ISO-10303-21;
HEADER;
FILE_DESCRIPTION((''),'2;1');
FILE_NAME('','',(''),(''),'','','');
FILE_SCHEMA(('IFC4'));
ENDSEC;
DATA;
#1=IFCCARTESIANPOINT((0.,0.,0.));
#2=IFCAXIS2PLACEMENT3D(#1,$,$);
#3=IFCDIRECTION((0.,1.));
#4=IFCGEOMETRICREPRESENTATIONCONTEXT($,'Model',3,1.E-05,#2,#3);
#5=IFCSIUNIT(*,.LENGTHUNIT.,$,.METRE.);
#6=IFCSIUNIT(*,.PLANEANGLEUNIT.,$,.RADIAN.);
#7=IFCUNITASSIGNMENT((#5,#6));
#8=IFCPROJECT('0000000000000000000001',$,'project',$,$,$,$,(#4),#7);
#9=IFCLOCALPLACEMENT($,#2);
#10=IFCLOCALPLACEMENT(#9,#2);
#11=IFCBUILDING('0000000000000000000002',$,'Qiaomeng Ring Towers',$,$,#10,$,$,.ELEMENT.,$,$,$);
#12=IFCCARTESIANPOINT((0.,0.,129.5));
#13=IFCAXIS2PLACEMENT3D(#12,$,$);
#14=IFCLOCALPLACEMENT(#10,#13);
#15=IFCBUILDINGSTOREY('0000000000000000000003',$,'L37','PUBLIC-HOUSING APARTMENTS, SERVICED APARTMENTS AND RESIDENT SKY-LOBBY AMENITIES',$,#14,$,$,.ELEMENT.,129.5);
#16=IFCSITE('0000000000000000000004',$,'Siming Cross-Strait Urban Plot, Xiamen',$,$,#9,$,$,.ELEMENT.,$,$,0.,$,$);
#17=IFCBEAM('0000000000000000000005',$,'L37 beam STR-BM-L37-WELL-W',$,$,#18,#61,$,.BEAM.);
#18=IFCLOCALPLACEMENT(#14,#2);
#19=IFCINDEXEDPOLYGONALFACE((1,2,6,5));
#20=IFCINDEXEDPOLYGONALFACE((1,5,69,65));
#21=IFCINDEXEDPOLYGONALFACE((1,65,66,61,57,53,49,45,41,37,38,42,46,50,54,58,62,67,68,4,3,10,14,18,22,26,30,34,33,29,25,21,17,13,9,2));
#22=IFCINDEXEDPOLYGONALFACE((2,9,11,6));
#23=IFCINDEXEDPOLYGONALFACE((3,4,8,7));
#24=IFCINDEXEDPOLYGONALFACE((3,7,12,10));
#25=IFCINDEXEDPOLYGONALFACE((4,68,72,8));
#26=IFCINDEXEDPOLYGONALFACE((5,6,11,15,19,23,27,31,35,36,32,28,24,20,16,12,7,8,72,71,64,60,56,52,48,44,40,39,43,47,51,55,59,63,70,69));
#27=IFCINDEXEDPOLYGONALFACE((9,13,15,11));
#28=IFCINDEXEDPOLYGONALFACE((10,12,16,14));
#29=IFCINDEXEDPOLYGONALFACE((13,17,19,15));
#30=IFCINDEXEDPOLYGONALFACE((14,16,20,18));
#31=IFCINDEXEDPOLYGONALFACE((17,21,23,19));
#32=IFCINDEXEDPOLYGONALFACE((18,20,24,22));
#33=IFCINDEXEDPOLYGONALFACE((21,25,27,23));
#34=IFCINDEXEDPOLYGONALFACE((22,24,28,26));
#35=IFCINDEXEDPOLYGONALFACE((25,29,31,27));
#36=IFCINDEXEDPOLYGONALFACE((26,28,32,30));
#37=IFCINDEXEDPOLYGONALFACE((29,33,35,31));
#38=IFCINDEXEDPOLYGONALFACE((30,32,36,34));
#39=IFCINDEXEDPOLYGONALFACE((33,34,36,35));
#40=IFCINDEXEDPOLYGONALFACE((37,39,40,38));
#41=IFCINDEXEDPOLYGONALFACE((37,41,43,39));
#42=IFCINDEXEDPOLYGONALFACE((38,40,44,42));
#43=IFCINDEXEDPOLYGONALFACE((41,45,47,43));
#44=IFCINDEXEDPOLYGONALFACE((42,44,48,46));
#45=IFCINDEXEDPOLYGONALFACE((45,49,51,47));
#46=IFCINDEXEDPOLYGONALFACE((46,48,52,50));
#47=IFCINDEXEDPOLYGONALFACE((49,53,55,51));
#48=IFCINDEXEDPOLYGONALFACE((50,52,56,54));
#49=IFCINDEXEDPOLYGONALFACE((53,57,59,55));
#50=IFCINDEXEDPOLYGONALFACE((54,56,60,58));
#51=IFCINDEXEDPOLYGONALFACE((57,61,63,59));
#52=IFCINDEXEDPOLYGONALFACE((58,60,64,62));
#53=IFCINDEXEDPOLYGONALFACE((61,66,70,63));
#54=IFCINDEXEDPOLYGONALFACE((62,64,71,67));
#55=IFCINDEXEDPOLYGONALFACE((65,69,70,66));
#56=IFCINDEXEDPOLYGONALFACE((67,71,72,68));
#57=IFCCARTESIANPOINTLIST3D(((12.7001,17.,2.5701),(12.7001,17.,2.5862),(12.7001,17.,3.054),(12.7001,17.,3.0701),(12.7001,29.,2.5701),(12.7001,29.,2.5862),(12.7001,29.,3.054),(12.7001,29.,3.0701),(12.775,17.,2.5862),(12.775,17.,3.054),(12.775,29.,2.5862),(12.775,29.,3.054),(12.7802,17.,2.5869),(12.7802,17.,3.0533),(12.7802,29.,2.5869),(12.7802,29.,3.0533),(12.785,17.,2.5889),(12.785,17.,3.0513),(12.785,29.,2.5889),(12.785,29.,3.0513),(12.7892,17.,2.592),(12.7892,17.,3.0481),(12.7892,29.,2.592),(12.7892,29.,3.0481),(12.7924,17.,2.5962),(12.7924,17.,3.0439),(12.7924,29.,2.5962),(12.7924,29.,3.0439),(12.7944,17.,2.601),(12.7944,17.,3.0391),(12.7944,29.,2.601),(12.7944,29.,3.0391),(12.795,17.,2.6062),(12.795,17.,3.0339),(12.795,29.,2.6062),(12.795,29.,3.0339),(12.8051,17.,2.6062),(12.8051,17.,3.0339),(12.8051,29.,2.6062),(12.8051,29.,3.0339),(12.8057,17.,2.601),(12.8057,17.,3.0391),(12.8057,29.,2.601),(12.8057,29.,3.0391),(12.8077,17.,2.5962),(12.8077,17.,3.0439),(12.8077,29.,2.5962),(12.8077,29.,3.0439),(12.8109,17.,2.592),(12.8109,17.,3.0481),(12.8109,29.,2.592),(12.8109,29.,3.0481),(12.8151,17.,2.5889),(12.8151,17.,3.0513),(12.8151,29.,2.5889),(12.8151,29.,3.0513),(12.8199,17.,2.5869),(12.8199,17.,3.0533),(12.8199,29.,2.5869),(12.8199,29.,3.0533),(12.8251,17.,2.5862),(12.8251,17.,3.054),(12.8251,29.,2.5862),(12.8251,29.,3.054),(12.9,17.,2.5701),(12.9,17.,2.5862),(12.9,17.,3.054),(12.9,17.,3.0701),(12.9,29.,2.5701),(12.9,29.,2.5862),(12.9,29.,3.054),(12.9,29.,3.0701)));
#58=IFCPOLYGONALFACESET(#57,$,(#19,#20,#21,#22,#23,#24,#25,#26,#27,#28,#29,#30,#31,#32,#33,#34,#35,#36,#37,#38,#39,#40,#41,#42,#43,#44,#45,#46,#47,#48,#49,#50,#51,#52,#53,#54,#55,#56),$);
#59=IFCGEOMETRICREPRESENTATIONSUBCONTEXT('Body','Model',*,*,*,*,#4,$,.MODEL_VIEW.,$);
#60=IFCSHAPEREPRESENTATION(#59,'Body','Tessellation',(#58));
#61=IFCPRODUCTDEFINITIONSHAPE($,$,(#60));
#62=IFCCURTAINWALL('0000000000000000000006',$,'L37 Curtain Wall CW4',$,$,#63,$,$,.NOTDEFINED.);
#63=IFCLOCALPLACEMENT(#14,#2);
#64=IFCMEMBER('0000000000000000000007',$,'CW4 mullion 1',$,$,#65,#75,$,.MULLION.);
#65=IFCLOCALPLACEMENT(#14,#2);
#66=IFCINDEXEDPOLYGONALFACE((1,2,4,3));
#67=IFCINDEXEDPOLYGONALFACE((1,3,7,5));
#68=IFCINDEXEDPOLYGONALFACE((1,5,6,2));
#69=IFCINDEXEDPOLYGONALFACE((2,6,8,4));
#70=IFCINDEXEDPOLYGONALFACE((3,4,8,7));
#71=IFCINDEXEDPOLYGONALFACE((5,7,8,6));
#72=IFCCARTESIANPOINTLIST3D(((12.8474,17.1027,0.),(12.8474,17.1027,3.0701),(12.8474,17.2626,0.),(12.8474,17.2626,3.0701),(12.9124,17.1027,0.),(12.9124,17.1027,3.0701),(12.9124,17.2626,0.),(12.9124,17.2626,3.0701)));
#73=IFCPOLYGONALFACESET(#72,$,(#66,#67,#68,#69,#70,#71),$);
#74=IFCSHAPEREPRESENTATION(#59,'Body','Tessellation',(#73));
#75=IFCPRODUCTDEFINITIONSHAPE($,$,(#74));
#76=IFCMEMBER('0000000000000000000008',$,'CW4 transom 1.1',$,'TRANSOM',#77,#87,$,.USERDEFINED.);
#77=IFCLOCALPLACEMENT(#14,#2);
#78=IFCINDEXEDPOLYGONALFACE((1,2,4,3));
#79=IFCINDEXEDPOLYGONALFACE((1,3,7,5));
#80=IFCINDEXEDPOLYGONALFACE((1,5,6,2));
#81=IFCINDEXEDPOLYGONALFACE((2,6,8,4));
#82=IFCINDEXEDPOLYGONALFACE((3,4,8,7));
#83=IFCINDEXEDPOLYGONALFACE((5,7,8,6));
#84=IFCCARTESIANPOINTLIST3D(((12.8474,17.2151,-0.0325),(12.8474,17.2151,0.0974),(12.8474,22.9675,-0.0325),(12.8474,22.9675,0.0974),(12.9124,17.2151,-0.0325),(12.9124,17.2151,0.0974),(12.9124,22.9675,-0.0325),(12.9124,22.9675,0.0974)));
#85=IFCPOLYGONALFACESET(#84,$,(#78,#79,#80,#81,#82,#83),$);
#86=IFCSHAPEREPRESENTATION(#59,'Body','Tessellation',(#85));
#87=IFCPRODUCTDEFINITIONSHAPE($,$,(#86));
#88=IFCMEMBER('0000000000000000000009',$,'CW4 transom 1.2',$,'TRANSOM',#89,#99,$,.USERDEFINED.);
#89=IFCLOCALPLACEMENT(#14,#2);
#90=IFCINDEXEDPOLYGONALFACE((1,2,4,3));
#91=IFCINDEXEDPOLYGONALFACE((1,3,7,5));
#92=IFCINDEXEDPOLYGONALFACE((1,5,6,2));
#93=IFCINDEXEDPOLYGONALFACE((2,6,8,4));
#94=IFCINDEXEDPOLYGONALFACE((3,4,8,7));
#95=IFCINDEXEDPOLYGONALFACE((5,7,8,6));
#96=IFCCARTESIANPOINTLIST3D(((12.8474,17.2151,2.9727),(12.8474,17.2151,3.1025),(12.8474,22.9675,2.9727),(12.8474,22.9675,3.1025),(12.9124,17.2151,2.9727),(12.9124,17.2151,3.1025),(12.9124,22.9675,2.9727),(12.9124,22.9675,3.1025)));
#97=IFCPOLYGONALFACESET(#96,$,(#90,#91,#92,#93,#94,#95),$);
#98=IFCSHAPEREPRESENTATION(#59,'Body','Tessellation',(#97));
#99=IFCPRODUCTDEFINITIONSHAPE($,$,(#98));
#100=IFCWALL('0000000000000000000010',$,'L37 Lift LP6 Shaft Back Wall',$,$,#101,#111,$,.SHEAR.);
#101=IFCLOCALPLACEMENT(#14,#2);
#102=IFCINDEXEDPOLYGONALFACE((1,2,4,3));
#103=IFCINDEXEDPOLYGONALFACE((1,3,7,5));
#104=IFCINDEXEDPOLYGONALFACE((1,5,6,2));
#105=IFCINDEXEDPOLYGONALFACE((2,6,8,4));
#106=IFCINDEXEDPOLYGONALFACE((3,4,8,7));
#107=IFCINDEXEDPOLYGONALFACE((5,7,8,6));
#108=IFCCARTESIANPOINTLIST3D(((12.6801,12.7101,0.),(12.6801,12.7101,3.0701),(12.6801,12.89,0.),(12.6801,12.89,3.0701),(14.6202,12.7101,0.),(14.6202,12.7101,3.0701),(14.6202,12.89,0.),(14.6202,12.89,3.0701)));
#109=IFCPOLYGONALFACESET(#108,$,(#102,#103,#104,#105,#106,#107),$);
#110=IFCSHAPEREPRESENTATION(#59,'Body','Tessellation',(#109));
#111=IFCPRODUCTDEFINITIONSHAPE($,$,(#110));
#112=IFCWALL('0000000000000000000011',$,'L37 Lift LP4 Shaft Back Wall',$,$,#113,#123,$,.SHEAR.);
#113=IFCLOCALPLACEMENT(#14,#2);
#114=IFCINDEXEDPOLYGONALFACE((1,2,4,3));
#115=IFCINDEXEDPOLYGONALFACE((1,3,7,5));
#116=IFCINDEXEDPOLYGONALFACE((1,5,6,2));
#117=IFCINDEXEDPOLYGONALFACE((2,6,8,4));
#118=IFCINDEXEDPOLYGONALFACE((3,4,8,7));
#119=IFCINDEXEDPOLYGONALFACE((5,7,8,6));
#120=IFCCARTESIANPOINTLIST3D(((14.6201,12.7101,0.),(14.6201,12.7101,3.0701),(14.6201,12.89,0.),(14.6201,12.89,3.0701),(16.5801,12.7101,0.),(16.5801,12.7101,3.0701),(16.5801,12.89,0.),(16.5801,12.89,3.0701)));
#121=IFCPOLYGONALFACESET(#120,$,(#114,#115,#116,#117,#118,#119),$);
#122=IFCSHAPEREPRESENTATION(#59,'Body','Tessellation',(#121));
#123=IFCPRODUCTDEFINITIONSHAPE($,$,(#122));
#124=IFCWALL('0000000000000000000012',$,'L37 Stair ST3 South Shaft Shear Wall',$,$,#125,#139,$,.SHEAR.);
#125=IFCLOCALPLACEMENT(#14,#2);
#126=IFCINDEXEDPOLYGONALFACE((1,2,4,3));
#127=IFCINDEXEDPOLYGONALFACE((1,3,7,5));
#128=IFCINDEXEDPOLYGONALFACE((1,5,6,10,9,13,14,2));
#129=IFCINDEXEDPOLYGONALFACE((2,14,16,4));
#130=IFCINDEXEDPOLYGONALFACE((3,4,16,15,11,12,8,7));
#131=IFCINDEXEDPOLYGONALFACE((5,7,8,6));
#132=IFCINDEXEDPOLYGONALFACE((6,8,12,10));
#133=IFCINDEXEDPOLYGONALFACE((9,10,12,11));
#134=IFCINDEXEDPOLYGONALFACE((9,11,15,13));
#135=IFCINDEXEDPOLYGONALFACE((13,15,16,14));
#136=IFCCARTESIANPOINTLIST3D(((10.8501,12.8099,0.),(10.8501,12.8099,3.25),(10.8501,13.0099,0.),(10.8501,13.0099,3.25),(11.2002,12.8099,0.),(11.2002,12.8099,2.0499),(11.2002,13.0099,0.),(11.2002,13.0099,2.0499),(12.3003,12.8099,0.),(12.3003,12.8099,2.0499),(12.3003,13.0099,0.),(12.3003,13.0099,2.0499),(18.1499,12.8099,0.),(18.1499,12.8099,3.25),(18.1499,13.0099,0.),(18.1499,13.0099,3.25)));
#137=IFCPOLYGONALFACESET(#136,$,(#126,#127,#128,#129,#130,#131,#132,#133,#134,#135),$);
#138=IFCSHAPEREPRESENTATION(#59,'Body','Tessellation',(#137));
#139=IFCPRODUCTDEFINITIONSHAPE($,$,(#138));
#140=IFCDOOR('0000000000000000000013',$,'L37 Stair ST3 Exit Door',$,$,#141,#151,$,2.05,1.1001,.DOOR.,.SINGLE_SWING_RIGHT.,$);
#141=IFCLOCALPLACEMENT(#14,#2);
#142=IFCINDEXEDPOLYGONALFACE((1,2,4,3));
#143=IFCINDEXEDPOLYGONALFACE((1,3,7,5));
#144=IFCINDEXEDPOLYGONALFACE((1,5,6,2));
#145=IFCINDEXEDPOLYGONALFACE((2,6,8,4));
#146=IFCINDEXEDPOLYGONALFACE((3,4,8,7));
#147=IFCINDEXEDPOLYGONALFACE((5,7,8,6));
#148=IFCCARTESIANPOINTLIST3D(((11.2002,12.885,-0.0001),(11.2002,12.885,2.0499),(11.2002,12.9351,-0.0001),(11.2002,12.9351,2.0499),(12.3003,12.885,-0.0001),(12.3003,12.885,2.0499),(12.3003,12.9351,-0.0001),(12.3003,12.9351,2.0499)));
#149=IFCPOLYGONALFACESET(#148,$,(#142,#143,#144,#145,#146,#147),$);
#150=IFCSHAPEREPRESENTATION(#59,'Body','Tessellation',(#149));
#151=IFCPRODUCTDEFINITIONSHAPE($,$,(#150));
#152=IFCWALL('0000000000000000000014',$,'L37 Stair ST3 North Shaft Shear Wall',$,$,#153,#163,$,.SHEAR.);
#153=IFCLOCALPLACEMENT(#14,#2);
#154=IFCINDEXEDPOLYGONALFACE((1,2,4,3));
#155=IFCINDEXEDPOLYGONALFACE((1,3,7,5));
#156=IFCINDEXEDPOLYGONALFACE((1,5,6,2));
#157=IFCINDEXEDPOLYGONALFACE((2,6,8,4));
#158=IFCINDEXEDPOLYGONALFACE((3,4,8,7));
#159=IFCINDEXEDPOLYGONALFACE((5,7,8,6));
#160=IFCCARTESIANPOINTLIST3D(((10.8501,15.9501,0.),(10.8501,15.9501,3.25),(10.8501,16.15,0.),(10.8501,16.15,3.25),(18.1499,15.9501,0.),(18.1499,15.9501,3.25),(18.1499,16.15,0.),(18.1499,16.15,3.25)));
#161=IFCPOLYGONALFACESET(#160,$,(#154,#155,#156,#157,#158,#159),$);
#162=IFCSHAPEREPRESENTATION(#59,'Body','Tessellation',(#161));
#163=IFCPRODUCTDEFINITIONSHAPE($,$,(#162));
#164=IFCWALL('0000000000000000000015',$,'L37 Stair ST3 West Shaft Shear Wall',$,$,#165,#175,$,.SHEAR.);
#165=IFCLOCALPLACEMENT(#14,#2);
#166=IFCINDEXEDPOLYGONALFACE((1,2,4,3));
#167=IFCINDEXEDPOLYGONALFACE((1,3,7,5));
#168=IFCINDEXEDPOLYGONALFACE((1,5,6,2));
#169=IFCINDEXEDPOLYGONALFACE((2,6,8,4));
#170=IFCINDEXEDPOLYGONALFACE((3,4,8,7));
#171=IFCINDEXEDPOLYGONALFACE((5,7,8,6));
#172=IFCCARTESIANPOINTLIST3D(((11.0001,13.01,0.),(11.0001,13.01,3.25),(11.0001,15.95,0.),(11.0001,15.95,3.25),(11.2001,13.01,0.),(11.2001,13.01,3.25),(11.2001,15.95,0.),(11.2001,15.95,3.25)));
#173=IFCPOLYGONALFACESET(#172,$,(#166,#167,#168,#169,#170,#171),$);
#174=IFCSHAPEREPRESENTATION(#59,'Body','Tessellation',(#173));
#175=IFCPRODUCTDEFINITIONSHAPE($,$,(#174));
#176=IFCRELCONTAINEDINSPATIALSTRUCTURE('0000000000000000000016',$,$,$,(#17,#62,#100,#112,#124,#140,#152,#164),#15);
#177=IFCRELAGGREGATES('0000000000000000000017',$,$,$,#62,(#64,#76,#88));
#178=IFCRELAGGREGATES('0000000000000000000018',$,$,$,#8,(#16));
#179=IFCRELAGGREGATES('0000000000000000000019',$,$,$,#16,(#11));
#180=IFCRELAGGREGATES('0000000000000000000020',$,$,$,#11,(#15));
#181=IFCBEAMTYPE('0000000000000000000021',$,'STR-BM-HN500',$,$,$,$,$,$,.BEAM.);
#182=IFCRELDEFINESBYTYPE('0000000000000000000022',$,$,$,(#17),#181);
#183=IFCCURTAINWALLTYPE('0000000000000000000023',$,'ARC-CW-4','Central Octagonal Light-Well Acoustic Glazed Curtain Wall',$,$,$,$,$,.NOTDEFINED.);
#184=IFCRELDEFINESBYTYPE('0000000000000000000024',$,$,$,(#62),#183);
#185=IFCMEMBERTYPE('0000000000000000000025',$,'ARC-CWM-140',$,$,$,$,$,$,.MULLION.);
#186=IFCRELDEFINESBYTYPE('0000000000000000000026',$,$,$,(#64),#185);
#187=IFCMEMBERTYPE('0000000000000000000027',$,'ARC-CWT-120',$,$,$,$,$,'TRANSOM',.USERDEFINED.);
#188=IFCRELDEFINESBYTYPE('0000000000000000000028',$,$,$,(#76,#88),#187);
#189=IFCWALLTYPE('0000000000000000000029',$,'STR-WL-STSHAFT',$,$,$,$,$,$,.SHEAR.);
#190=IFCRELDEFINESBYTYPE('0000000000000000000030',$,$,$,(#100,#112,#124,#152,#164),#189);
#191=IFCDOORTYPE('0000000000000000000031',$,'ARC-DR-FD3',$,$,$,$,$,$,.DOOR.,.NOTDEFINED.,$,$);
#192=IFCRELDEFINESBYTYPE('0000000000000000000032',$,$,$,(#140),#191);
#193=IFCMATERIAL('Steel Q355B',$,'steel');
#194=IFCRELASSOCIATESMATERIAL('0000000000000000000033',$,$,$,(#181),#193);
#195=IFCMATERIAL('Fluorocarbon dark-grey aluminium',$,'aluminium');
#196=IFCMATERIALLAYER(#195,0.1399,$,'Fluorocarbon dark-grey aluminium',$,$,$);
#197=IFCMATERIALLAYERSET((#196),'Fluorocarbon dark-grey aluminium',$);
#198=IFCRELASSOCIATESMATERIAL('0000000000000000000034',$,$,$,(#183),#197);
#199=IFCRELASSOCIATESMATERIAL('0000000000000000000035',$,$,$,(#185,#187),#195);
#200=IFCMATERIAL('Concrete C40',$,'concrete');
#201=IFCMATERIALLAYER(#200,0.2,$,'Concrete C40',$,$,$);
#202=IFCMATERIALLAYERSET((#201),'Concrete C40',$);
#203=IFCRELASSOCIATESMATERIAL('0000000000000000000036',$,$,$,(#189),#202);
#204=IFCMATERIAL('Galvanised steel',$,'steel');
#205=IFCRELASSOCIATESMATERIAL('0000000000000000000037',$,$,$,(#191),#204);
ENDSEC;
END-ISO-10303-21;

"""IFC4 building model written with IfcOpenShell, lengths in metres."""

from ifc_helpers import new_model, si_unit, direction, frame, frame_2d, origin, origin_2d, place, context, subcontext, project, spatial, rectangle, i_section, extrude, source, transform, mapped, material, layer, layer_set, material_profile, profile_set, type_object, element, fill, aggregate, save


model = new_model("IFC4")

# Units and contexts
model_context = context("Model", 3, precision=1e-05, world=origin(), true_north=direction((0.0, 1.0)))
body_context = subcontext(model_context, "Body", "Model", "MODEL_VIEW")
ifc_project = project(units=[si_unit("LENGTHUNIT", "METRE"), si_unit("PLANEANGLEUNIT", "RADIAN")], contexts=[model_context])

# Site, building, storey
site_placement = place(None, origin())
site = spatial("IfcSite", under=ifc_project, at=site_placement, Name="Siming Cross-Strait Urban Plot, Xiamen", CompositionType="ELEMENT", RefElevation=0.0)
building_placement = place(site_placement, origin())
building = spatial("IfcBuilding", under=site, at=building_placement, Name="Qiaomeng Ring Towers", CompositionType="ELEMENT")
storey_placement = place(building_placement, frame((0.0, 0.0, 129.5)))
storey = spatial("IfcBuildingStorey", under=building, at=storey_placement, Name="L37", Description="PUBLIC-HOUSING APARTMENTS, SERVICED APARTMENTS AND RESIDENT SKY-LOBBY AMENITIES", CompositionType="ELEMENT", Elevation=129.5)

# Beam
ifc_material_1 = material(Name="Steel Q355B", Category="steel")
ifc_material_profile_1 = material_profile(ifc_material_1, i_section(OverallWidth=0.2, OverallDepth=0.5, WebThickness=0.01, FlangeThickness=0.0161, FilletRadius=0.02, at=origin_2d()), Name="HN 500x200x10x16")
ifc_profile_set_1 = profile_set([ifc_material_profile_1], Name="Steel Q355B")
beam_type = type_object("IfcBeamType", Name="STR-BM-HN500", PredefinedType="BEAM", material=ifc_profile_set_1)
shared_shape_1 = source(origin(), body_context, "Body", "SweptSolid", [
    extrude(i_section(OverallWidth=0.2, OverallDepth=0.5, WebThickness=0.01, FlangeThickness=0.0161, FilletRadius=0.02, at=origin_2d()), origin(), (0.0, 0.0, 1.0), 12.0),
])
beam_placement = place(storey_placement, frame((12.8, 17.0, 2.8201), z_axis=(0.0, 1.0, 0.0), x_axis=(-1.0, 0.0, 0.0)))
element("IfcBeam", 1, at=beam_placement, inside=storey, type_object=beam_type, Name="L37 beam STR-BM-L37-WELL-W", PredefinedType="BEAM", context=body_context, shape_type="MappedRepresentation", body=[
    mapped(shared_shape_1, transform((0.0, 0.0, 0.0), x_axis=(1.0, 0.0, 0.0), y_axis=(0.0, 1.0, 0.0), z_axis=(0.0, 0.0, 1.0), scale=1.0)),
])

# Curtain wall, members
ifc_material_2 = material(Name="Fluorocarbon dark-grey aluminium", Category="aluminium")
ifc_layer_1 = layer(ifc_material_2, 0.1399, Name="Fluorocarbon dark-grey aluminium")
ifc_layer_set_1 = layer_set([ifc_layer_1], Name="Fluorocarbon dark-grey aluminium")
curtain_wall_type = type_object("IfcCurtainWallType", Name="ARC-CW-4", Description="Central Octagonal Light-Well Acoustic Glazed Curtain Wall", PredefinedType="NOTDEFINED", material=ifc_layer_set_1)
curtain_wall_placement = place(storey_placement, origin())
curtain_wall = element("IfcCurtainWall", 2, at=curtain_wall_placement, inside=storey, type_object=curtain_wall_type, Name="L37 Curtain Wall CW4", PredefinedType="NOTDEFINED")
ifc_material_profile_2 = material_profile(ifc_material_2, rectangle(XDim=0.0649, YDim=0.1599, at=origin_2d()), Name="ALU MULL 65x160")
ifc_profile_set_2 = profile_set([ifc_material_profile_2], Name="Fluorocarbon dark-grey aluminium")
member_type_1 = type_object("IfcMemberType", Name="ARC-CWM-140", PredefinedType="MULLION", material=ifc_profile_set_2)
shared_shape_2 = source(origin(), body_context, "Body", "SweptSolid", [
    extrude(rectangle(XDim=0.0649, YDim=0.1599, at=origin_2d()), origin(), (0.0, 0.0, 1.0), 3.0701),
])
member_1_placement = place(storey_placement, frame((12.8799, 17.1826, 0.0), z_axis=(0.0, 0.0, 1.0), x_axis=(-1.0, 0.0, 0.0)))
member_1 = element("IfcMember", 3, at=member_1_placement, type_object=member_type_1, Name="CW4 mullion 1", PredefinedType="MULLION", context=body_context, shape_type="MappedRepresentation", body=[
    mapped(shared_shape_2, transform((0.0, 0.0, 0.0), x_axis=(1.0, 0.0, 0.0), y_axis=(0.0, 1.0, 0.0), z_axis=(0.0, 0.0, 1.0), scale=1.0)),
])
ifc_material_profile_3 = material_profile(ifc_material_2, rectangle(XDim=0.0649, YDim=0.1299, at=origin_2d()), Name="ALU TRAN 65x130")
ifc_profile_set_3 = profile_set([ifc_material_profile_3], Name="Fluorocarbon dark-grey aluminium")
member_type_2 = type_object("IfcMemberType", Name="ARC-CWT-120", ElementType="TRANSOM", PredefinedType="USERDEFINED", material=ifc_profile_set_3)
shared_shape_3 = source(origin(), body_context, "Body", "SweptSolid", [
    extrude(rectangle(XDim=0.0649, YDim=0.1299, at=origin_2d()), origin(), (0.0, 0.0, 1.0), 5.7524),
])
member_2_placement = place(storey_placement, frame((12.8799, 17.2151, 0.0325), z_axis=(0.0, 1.0, 0.0), x_axis=(-1.0, 0.0, 0.0)))
member_2 = element("IfcMember", 4, at=member_2_placement, type_object=member_type_2, Name="CW4 transom 1.1", ObjectType="TRANSOM", PredefinedType="USERDEFINED", context=body_context, shape_type="MappedRepresentation", body=[
    mapped(shared_shape_3, transform((0.0, 0.0, 0.0), x_axis=(1.0, 0.0, 0.0), y_axis=(0.0, 1.0, 0.0), z_axis=(0.0, 0.0, 1.0), scale=1.0)),
])
member_3_placement = place(storey_placement, frame((12.8799, 17.2151, 3.0376), z_axis=(0.0, 1.0, 0.0), x_axis=(-1.0, 0.0, 0.0)))
member_3 = element("IfcMember", 5, at=member_3_placement, type_object=member_type_2, Name="CW4 transom 1.2", ObjectType="TRANSOM", PredefinedType="USERDEFINED", context=body_context, shape_type="MappedRepresentation", body=[
    mapped(shared_shape_3, transform((0.0, 0.0, 0.0), x_axis=(1.0, 0.0, 0.0), y_axis=(0.0, 1.0, 0.0), z_axis=(0.0, 0.0, 1.0), scale=1.0)),
])
aggregate(curtain_wall, [member_1, member_2, member_3])

# Walls
ifc_material_3 = material(Name="Concrete C40", Category="concrete")
ifc_layer_2 = layer(ifc_material_3, 0.2, Name="Concrete C40")
ifc_layer_set_2 = layer_set([ifc_layer_2], Name="Concrete C40")
wall_type = type_object("IfcWallType", Name="STR-WL-STSHAFT", PredefinedType="SHEAR", material=ifc_layer_set_2)
wall_1_placement = place(storey_placement, frame((12.6799, 12.8, 0.0), z_axis=(0.0, 0.0, 1.0), x_axis=(1.0, 0.0, 0.0)))
element("IfcWall", 6, at=wall_1_placement, inside=storey, type_object=wall_type, Name="L37 Lift LP6 Shaft Back Wall", PredefinedType="SHEAR", context=body_context, shape_type="SweptSolid", body=[
    extrude(rectangle(XDim=1.9402, YDim=0.1799, at=frame_2d((0.9702, 0.0))), origin(), (0.0, 0.0, 1.0), 3.0701),
])
wall_2_placement = place(storey_placement, frame((14.6201, 12.8, 0.0), z_axis=(0.0, 0.0, 1.0), x_axis=(1.0, 0.0, 0.0)))
element("IfcWall", 7, at=wall_2_placement, inside=storey, type_object=wall_type, Name="L37 Lift LP4 Shaft Back Wall", PredefinedType="SHEAR", context=body_context, shape_type="SweptSolid", body=[
    extrude(rectangle(XDim=1.96, YDim=0.1799, at=frame_2d((0.98, 0.0))), origin(), (0.0, 0.0, 1.0), 3.0701),
])

# Wall, opening, door
wall_3_placement = place(storey_placement, frame((10.8501, 12.9099, 0.0), z_axis=(0.0, 0.0, 1.0), x_axis=(1.0, 0.0, 0.0)))
wall_3 = element("IfcWall", 8, at=wall_3_placement, inside=storey, type_object=wall_type, Name="L37 Stair ST3 South Shaft Shear Wall", PredefinedType="SHEAR", context=body_context, shape_type="SweptSolid", body=[
    extrude(rectangle(XDim=7.2998, YDim=0.2, at=frame_2d((3.6499, 0.0))), origin(), (0.0, 0.0, 1.0), 3.25),
])
opening_placement = place(wall_3_placement, frame((0.3501, 0.0, 0.0)))
opening = element("IfcOpeningElement", 9, at=opening_placement, cuts=wall_3, PredefinedType="OPENING", context=body_context, shape_type="SweptSolid", body=[
    extrude(rectangle(XDim=1.1001, YDim=2.05, at=frame_2d((0.55, 1.0249))), frame((0.0, 0.1099, 0.0), z_axis=(0.0, -1.0, 0.0), x_axis=(1.0, 0.0, 0.0)), (0.0, 0.0, 1.0), 0.22),
])
ifc_material_4 = material(Name="Galvanised steel", Category="steel")
door_type = type_object("IfcDoorType", Name="ARC-DR-FD3", OperationType="NOTDEFINED", PredefinedType="DOOR", material=ifc_material_4)
shared_shape_4 = source(origin(), body_context, "Body", "SweptSolid", [
    extrude(rectangle(XDim=1.1001, YDim=2.05, at=frame_2d((0.55, 1.0249))), frame((0.0, 0.0249, 0.0), z_axis=(0.0, -1.0, 0.0), x_axis=(1.0, 0.0, 0.0)), (0.0, 0.0, 1.0), 0.05),
])
door_placement = place(opening_placement, frame((1.1001, 0.0, 0.0), z_axis=(0.0, 0.0, 1.0), x_axis=(-1.0, 0.0, 0.0)))
door = element("IfcDoor", 10, at=door_placement, inside=storey, type_object=door_type, Name="L37 Stair ST3 Exit Door", OperationType="SINGLE_SWING_RIGHT", OverallHeight=2.05, OverallWidth=1.1001, PredefinedType="DOOR", context=body_context, shape_type="MappedRepresentation", body=[
    mapped(shared_shape_4, transform((0.0, 0.0, 0.0), x_axis=(1.0, 0.0, 0.0), y_axis=(0.0, 1.0, 0.0), z_axis=(0.0, 0.0, 1.0), scale=1.0)),
])
fill(opening, door)

# Walls
wall_4_placement = place(storey_placement, frame((10.8501, 16.05, 0.0), z_axis=(0.0, 0.0, 1.0), x_axis=(1.0, 0.0, 0.0)))
element("IfcWall", 11, at=wall_4_placement, inside=storey, type_object=wall_type, Name="L37 Stair ST3 North Shaft Shear Wall", PredefinedType="SHEAR", context=body_context, shape_type="SweptSolid", body=[
    extrude(rectangle(XDim=7.2998, YDim=0.2, at=frame_2d((3.6499, 0.0))), origin(), (0.0, 0.0, 1.0), 3.25),
])
wall_5_placement = place(storey_placement, frame((11.1001, 13.01, 0.0), z_axis=(0.0, 0.0, 1.0), x_axis=(0.0, 1.0, 0.0)))
element("IfcWall", 12, at=wall_5_placement, inside=storey, type_object=wall_type, Name="L37 Stair ST3 West Shaft Shear Wall", PredefinedType="SHEAR", context=body_context, shape_type="SweptSolid", body=[
    extrude(rectangle(XDim=2.9399, YDim=0.2, at=frame_2d((1.47, 0.0))), origin(), (0.0, 0.0, 1.0), 3.25),
])

save(model, "model.ifc")
